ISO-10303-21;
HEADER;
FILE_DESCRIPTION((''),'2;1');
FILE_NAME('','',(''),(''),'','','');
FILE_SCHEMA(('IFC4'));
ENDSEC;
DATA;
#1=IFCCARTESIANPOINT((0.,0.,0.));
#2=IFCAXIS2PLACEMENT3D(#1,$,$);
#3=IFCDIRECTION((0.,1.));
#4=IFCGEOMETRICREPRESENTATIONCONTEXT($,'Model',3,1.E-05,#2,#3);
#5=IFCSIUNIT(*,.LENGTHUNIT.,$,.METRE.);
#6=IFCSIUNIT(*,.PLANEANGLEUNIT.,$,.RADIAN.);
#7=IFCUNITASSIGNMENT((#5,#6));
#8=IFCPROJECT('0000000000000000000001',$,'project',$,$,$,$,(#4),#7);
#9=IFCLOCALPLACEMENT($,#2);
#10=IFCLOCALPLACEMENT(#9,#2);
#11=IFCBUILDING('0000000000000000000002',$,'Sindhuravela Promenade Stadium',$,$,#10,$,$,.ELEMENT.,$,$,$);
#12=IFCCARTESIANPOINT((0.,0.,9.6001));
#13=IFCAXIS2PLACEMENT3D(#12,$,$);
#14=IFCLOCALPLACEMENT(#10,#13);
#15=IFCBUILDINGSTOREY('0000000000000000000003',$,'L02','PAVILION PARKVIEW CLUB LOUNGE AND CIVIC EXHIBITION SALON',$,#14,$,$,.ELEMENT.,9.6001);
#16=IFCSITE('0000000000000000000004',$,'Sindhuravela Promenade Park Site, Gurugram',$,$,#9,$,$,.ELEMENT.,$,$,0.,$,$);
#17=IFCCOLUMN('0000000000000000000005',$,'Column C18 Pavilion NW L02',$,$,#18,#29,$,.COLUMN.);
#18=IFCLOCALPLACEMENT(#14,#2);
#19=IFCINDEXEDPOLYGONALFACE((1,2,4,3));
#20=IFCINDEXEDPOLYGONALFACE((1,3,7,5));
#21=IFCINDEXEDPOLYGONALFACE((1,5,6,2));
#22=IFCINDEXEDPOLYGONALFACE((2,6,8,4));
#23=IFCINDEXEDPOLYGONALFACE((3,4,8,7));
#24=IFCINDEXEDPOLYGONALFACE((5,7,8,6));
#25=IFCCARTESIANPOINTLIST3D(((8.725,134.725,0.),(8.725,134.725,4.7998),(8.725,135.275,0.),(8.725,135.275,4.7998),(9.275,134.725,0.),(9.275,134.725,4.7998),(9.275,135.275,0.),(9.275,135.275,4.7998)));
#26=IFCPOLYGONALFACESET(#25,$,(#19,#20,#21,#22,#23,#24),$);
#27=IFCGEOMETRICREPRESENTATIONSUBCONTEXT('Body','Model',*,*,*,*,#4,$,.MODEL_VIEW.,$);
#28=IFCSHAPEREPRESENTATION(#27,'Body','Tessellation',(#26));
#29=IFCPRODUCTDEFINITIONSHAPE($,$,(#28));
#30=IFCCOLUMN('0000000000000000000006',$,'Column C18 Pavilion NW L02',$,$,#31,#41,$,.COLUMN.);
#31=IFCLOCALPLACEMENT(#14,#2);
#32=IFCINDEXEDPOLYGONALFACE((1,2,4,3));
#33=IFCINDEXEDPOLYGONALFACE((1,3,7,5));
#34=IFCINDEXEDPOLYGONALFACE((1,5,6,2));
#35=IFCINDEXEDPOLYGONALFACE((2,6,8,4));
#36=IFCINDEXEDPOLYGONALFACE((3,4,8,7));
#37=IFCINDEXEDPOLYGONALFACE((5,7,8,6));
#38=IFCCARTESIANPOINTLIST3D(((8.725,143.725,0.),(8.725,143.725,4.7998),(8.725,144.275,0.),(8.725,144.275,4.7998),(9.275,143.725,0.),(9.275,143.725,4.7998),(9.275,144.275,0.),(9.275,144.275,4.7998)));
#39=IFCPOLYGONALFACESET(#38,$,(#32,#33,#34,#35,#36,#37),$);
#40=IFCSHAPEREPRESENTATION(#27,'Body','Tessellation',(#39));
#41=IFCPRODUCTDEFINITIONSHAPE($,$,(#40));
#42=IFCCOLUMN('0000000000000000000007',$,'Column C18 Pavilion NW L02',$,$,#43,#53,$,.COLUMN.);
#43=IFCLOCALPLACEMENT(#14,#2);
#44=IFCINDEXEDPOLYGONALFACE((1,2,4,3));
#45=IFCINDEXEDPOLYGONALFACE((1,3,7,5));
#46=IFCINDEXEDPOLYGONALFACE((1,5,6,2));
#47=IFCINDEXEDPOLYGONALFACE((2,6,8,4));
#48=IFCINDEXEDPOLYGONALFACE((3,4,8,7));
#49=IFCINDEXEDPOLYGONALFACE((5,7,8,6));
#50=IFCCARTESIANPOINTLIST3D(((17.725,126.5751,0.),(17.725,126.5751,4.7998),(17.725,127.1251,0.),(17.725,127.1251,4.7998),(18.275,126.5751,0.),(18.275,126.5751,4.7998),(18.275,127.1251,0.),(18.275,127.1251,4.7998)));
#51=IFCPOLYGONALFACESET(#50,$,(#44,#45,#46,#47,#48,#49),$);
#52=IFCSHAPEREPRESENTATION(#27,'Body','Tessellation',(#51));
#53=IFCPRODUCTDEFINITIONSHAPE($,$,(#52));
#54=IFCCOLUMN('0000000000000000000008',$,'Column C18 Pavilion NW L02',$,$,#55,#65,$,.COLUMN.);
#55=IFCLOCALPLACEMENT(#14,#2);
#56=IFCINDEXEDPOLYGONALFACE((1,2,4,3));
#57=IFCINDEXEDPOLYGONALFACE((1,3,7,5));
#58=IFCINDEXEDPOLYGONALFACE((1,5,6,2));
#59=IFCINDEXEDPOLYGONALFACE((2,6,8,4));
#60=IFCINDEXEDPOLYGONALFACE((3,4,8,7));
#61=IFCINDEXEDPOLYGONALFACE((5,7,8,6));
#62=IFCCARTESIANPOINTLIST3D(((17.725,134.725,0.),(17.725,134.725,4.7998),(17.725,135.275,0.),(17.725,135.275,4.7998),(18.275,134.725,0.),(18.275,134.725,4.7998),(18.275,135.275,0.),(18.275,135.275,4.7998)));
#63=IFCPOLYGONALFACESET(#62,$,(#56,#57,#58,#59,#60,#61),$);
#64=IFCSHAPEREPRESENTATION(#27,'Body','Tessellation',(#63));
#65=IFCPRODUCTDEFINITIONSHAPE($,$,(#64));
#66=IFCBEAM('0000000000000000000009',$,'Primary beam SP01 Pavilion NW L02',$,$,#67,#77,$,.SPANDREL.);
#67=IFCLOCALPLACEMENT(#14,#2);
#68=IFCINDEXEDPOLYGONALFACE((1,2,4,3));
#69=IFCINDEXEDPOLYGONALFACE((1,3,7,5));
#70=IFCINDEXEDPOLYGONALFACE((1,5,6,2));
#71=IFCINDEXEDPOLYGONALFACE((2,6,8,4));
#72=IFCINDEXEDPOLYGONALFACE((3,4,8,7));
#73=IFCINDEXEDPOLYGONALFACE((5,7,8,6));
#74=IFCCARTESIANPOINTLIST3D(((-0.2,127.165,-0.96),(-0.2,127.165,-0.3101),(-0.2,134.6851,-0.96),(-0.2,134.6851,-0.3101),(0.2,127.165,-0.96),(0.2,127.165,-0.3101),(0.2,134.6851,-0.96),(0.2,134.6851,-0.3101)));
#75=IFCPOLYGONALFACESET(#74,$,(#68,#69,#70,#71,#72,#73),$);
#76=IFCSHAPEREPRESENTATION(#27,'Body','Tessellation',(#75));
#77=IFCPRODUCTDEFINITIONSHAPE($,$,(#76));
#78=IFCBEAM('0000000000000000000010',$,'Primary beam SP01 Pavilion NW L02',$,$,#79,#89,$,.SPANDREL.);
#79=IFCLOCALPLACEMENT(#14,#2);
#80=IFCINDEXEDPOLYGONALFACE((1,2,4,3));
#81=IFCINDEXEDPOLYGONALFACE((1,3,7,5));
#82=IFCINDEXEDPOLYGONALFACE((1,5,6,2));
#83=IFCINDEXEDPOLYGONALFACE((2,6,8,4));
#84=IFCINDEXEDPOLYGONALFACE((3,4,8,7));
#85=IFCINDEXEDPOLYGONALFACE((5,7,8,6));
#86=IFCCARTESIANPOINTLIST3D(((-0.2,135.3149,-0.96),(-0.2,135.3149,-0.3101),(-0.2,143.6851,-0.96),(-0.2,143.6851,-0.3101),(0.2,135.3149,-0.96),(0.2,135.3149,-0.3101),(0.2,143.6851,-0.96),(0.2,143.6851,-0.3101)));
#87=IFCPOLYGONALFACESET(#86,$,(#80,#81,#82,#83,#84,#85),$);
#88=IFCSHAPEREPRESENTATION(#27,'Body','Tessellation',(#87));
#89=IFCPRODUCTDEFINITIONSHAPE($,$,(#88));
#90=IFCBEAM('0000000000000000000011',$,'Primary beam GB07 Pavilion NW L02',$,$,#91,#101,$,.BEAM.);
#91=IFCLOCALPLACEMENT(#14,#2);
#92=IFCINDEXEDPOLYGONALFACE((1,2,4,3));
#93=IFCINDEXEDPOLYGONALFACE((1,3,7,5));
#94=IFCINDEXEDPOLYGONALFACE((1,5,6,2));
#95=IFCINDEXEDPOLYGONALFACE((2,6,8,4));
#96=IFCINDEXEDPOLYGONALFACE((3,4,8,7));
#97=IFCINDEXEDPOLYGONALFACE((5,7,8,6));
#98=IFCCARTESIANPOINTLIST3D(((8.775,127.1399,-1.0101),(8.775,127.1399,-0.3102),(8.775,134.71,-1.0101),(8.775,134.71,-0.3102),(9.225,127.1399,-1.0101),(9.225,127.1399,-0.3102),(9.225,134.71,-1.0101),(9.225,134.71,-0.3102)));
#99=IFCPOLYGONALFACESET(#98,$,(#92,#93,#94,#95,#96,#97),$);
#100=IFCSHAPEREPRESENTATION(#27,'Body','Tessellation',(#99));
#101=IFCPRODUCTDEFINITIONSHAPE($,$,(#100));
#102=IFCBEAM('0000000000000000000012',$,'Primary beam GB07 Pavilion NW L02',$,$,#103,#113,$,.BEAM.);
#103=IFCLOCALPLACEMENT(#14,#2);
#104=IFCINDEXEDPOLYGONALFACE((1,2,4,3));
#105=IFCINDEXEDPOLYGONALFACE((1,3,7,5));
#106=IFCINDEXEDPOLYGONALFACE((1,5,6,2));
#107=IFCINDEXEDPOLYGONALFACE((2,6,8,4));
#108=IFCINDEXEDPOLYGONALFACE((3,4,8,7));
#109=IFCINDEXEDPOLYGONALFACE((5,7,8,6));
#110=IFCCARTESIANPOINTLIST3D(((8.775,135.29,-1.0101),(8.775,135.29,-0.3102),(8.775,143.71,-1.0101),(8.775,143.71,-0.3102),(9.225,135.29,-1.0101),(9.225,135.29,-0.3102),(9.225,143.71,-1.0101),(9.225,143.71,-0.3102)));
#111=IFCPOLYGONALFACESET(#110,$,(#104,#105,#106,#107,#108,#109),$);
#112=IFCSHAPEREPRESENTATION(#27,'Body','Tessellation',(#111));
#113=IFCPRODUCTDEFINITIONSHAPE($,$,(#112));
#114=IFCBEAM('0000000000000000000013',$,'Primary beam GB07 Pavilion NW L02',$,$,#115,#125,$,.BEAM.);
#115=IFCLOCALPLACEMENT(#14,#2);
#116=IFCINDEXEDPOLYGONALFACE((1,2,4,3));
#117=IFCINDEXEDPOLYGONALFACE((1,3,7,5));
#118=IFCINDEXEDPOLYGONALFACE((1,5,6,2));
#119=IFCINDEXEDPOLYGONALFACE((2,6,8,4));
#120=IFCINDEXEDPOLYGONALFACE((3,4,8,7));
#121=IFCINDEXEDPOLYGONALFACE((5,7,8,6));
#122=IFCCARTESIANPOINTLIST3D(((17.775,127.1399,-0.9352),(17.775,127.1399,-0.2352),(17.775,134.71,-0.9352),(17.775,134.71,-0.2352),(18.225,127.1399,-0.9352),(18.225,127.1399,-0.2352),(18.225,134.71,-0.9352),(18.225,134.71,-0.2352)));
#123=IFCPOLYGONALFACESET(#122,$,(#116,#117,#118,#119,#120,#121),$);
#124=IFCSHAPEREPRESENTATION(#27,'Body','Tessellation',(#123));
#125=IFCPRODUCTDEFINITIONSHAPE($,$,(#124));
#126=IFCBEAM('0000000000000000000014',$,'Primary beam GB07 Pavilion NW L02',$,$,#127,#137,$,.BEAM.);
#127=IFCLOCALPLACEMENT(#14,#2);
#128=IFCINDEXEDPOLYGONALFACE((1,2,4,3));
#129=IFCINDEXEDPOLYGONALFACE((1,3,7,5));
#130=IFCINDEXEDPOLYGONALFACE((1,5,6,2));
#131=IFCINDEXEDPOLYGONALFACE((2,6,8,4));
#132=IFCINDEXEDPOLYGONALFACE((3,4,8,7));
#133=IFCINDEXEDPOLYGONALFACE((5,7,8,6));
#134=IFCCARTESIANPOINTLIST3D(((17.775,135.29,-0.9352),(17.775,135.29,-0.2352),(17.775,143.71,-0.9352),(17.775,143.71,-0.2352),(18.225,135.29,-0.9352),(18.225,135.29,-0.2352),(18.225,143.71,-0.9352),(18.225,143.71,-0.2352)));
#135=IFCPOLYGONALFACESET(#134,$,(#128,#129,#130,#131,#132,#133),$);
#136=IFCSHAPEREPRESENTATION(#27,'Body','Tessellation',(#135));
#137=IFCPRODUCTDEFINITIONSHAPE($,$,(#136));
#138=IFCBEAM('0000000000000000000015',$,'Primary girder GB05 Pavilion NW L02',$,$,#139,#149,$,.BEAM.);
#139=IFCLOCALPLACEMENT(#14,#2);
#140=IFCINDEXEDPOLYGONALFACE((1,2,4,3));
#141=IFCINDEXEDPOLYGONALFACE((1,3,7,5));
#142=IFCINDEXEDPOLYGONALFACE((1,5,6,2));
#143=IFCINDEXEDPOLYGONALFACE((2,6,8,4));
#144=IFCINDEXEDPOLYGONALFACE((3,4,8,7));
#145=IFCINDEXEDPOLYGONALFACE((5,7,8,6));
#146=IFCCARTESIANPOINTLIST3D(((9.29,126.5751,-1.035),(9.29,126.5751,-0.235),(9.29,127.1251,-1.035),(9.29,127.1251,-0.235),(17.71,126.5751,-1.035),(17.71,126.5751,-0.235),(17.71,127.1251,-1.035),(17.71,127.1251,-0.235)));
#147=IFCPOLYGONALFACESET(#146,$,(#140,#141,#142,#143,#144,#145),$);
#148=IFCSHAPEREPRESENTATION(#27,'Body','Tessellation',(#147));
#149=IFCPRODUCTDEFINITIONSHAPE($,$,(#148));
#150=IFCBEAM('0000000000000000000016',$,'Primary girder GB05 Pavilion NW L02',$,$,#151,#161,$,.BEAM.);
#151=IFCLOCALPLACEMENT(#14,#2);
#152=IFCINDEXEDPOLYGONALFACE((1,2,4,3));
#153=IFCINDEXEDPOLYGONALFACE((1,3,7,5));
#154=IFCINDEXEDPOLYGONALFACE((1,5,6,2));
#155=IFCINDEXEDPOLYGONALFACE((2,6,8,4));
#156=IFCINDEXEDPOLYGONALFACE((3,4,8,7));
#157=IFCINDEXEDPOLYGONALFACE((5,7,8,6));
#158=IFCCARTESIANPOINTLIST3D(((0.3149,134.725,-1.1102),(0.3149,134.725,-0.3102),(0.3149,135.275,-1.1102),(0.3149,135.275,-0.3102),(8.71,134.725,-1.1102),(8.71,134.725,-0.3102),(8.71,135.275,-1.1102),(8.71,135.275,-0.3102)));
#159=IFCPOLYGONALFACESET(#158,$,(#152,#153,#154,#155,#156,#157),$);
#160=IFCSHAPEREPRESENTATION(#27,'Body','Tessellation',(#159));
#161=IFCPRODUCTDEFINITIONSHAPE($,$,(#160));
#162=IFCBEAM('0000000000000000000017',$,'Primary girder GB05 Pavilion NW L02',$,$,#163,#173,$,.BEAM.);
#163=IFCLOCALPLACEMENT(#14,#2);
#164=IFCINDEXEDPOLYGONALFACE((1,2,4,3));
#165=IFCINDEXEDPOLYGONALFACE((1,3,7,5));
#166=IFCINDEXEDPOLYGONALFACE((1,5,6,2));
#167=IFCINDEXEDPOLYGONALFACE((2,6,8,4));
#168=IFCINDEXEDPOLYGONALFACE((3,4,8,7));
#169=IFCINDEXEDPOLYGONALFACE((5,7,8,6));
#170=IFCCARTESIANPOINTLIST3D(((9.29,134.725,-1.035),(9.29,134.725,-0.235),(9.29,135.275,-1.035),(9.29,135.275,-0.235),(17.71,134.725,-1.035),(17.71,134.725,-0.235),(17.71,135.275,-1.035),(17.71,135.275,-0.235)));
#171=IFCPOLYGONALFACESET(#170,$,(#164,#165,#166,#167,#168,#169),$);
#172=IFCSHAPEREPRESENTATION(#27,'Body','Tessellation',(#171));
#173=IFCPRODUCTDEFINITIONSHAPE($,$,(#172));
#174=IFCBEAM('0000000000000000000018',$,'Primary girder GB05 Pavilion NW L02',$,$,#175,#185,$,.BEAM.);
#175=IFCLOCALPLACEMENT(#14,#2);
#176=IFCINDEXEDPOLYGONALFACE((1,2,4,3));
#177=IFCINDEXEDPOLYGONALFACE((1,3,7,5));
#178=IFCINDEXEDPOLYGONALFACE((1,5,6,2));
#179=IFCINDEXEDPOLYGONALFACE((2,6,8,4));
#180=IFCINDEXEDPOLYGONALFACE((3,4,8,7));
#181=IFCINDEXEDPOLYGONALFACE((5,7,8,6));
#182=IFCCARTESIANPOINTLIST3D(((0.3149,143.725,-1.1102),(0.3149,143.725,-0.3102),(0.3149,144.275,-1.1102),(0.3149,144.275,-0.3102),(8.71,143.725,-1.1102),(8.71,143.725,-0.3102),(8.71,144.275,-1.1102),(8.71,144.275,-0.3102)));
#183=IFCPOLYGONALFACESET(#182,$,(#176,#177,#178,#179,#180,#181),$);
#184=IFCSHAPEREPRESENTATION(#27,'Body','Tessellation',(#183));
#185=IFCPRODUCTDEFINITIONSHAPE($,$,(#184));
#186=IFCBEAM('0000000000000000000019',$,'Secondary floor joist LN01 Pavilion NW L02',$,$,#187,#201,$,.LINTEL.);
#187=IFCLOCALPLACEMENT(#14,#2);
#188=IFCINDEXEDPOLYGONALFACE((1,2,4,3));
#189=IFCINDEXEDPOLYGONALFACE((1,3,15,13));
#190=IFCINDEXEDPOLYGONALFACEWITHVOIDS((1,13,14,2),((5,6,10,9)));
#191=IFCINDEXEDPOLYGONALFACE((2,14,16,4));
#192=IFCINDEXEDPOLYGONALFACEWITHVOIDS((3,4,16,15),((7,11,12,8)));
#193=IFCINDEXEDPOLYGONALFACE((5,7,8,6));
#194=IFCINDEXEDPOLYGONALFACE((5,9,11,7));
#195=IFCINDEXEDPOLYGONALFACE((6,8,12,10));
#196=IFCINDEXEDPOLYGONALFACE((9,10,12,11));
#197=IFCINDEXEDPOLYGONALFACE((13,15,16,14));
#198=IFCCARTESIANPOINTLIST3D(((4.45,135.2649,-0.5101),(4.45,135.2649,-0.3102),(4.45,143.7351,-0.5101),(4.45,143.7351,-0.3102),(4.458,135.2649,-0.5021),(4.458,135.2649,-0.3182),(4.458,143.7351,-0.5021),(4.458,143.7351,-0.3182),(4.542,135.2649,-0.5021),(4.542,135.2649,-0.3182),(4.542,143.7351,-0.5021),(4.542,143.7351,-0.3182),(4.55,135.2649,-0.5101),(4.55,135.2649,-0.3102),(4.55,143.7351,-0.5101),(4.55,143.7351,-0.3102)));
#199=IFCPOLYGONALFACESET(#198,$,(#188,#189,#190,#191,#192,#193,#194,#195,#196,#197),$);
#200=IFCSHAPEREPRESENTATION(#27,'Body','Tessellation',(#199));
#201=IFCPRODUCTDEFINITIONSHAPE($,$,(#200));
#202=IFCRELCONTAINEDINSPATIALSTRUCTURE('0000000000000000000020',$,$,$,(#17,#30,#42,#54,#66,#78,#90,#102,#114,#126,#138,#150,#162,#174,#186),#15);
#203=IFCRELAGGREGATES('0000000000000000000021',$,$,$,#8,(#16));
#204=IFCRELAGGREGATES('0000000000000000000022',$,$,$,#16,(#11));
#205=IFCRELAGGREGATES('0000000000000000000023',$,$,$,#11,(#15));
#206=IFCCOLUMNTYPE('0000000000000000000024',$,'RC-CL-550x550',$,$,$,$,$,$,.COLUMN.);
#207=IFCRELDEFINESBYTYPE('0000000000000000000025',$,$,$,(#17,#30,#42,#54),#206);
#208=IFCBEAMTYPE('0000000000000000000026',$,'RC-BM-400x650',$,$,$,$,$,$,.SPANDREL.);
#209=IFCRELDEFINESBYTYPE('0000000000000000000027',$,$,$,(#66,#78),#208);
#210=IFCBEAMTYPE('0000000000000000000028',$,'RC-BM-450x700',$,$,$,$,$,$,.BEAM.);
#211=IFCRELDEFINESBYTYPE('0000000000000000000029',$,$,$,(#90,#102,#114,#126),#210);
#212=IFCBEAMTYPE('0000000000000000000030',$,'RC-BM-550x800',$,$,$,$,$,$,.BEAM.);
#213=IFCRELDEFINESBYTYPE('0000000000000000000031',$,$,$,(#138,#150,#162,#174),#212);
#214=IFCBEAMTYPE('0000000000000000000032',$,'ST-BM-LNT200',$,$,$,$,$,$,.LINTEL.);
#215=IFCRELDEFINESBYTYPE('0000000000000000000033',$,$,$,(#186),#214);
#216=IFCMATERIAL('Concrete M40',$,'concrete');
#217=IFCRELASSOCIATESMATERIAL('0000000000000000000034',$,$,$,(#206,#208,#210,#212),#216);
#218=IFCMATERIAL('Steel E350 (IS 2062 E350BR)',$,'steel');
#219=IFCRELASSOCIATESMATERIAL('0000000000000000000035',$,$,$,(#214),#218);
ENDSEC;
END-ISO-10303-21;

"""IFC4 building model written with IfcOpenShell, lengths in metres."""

from ifc_helpers import new_model, si_unit, direction, frame, origin, origin_2d, place, context, subcontext, project, spatial, rectangle, hollow_rectangle, extrude, material, material_profile, profile_set, type_object, element, save


model = new_model("IFC4")

# Units and contexts
model_context = context("Model", 3, precision=1e-05, world=origin(), true_north=direction((0.0, 1.0)))
body_context = subcontext(model_context, "Body", "Model", "MODEL_VIEW")
ifc_project = project(units=[si_unit("LENGTHUNIT", "METRE"), si_unit("PLANEANGLEUNIT", "RADIAN")], contexts=[model_context])

# Site, building, storey
site_placement = place(None, origin())
site = spatial("IfcSite", under=ifc_project, at=site_placement, Name="Sindhuravela Promenade Park Site, Gurugram", CompositionType="ELEMENT", RefElevation=0.0)
building_placement = place(site_placement, origin())
building = spatial("IfcBuilding", under=site, at=building_placement, Name="Sindhuravela Promenade Stadium", CompositionType="ELEMENT")
storey_placement = place(building_placement, frame((0.0, 0.0, 9.6001)))
storey = spatial("IfcBuildingStorey", under=building, at=storey_placement, Name="L02", Description="PAVILION PARKVIEW CLUB LOUNGE AND CIVIC EXHIBITION SALON", CompositionType="ELEMENT", Elevation=9.6001)

# Columns
ifc_material_1 = material(Name="Concrete M40", Category="concrete")
ifc_material_profile_1 = material_profile(ifc_material_1, rectangle(XDim=0.55, YDim=0.55, at=origin_2d()), Name="RC 550x550")
ifc_profile_set_1 = profile_set([ifc_material_profile_1], Name="Concrete M40")
column_type = type_object("IfcColumnType", Name="RC-CL-550x550", PredefinedType="COLUMN", material=ifc_profile_set_1)
for number, where, z_axis, x_axis, name in (
    (1, (9.0, 135.0, 0.0), (0.0, 0.0, 1.0), (1.0, 0.0, 0.0), "Column C18 Pavilion NW L02"),
    (2, (9.0, 144.0, 0.0), (0.0, 0.0, 1.0), (1.0, 0.0, 0.0), "Column C18 Pavilion NW L02"),
    (3, (18.0, 126.8501, 0.0), (0.0, 0.0, 1.0), (1.0, 0.0, 0.0), "Column C18 Pavilion NW L02"),
    (4, (18.0, 135.0, 0.0), (0.0, 0.0, 1.0), (1.0, 0.0, 0.0), "Column C18 Pavilion NW L02"),
):
    element("IfcColumn", number, at=place(storey_placement, frame(where, z_axis=z_axis, x_axis=x_axis)), inside=storey, type_object=column_type, Name=name, PredefinedType="COLUMN", context=body_context, shape_type="SweptSolid", body=[
        extrude(rectangle(XDim=0.55, YDim=0.55, at=origin_2d()), origin(), (0.0, 0.0, 1.0), 4.7998),
    ])

# Beams
ifc_material_profile_2 = material_profile(ifc_material_1, rectangle(XDim=0.3999, YDim=0.6499, at=origin_2d()), Name="RC 400x650")
ifc_profile_set_2 = profile_set([ifc_material_profile_2], Name="Concrete M40")
beam_type_1 = type_object("IfcBeamType", Name="RC-BM-400x650", PredefinedType="SPANDREL", material=ifc_profile_set_2)
beam_1_placement = place(storey_placement, frame((0.0, 127.165, -0.635), z_axis=(0.0, 1.0, 0.0), x_axis=(-1.0, 0.0, 0.0)))
element("IfcBeam", 5, at=beam_1_placement, inside=storey, type_object=beam_type_1, Name="Primary beam SP01 Pavilion NW L02", PredefinedType="SPANDREL", context=body_context, shape_type="SweptSolid", body=[
    extrude(rectangle(XDim=0.3999, YDim=0.6499, at=origin_2d()), origin(), (0.0, 0.0, 1.0), 7.52),
])
beam_2_placement = place(storey_placement, frame((0.0, 135.3149, -0.635), z_axis=(0.0, 1.0, 0.0), x_axis=(-1.0, 0.0, 0.0)))
element("IfcBeam", 6, at=beam_2_placement, inside=storey, type_object=beam_type_1, Name="Primary beam SP01 Pavilion NW L02", PredefinedType="SPANDREL", context=body_context, shape_type="SweptSolid", body=[
    extrude(rectangle(XDim=0.3999, YDim=0.6499, at=origin_2d()), origin(), (0.0, 0.0, 1.0), 8.3701),
])
ifc_material_profile_3 = material_profile(ifc_material_1, rectangle(XDim=0.45, YDim=0.7, at=origin_2d()), Name="RC 450x700")
ifc_profile_set_3 = profile_set([ifc_material_profile_3], Name="Concrete M40")
beam_type_2 = type_object("IfcBeamType", Name="RC-BM-450x700", PredefinedType="BEAM", material=ifc_profile_set_3)
beam_3_placement = place(storey_placement, frame((9.0, 127.1399, -0.6602), z_axis=(0.0, 1.0, 0.0), x_axis=(-1.0, 0.0, 0.0)))
element("IfcBeam", 7, at=beam_3_placement, inside=storey, type_object=beam_type_2, Name="Primary beam GB07 Pavilion NW L02", PredefinedType="BEAM", context=body_context, shape_type="SweptSolid", body=[
    extrude(rectangle(XDim=0.45, YDim=0.7, at=origin_2d()), origin(), (0.0, 0.0, 1.0), 7.5701),
])
beam_4_placement = place(storey_placement, frame((9.0, 135.29, -0.6602), z_axis=(0.0, 1.0, 0.0), x_axis=(-1.0, 0.0, 0.0)))
element("IfcBeam", 8, at=beam_4_placement, inside=storey, type_object=beam_type_2, Name="Primary beam GB07 Pavilion NW L02", PredefinedType="BEAM", context=body_context, shape_type="SweptSolid", body=[
    extrude(rectangle(XDim=0.45, YDim=0.7, at=origin_2d()), origin(), (0.0, 0.0, 1.0), 8.4199),
])
beam_5_placement = place(storey_placement, frame((18.0, 127.1399, -0.5852), z_axis=(0.0, 1.0, 0.0), x_axis=(-1.0, 0.0, 0.0)))
element("IfcBeam", 9, at=beam_5_placement, inside=storey, type_object=beam_type_2, Name="Primary beam GB07 Pavilion NW L02", PredefinedType="BEAM", context=body_context, shape_type="SweptSolid", body=[
    extrude(rectangle(XDim=0.45, YDim=0.7, at=origin_2d()), origin(), (0.0, 0.0, 1.0), 7.5701),
])
beam_6_placement = place(storey_placement, frame((18.0, 135.29, -0.5852), z_axis=(0.0, 1.0, 0.0), x_axis=(-1.0, 0.0, 0.0)))
element("IfcBeam", 10, at=beam_6_placement, inside=storey, type_object=beam_type_2, Name="Primary beam GB07 Pavilion NW L02", PredefinedType="BEAM", context=body_context, shape_type="SweptSolid", body=[
    extrude(rectangle(XDim=0.45, YDim=0.7, at=origin_2d()), origin(), (0.0, 0.0, 1.0), 8.4199),
])
ifc_material_profile_4 = material_profile(ifc_material_1, rectangle(XDim=0.55, YDim=0.8, at=origin_2d()), Name="RC 550x800")
ifc_profile_set_4 = profile_set([ifc_material_profile_4], Name="Concrete M40")
beam_type_3 = type_object("IfcBeamType", Name="RC-BM-550x800", PredefinedType="BEAM", material=ifc_profile_set_4)
beam_7_placement = place(storey_placement, frame((9.29, 126.8501, -0.635), z_axis=(1.0, 0.0, 0.0), x_axis=(0.0, 1.0, 0.0)))
element("IfcBeam", 11, at=beam_7_placement, inside=storey, type_object=beam_type_3, Name="Primary girder GB05 Pavilion NW L02", PredefinedType="BEAM", context=body_context, shape_type="SweptSolid", body=[
    extrude(rectangle(XDim=0.55, YDim=0.8, at=origin_2d()), origin(), (0.0, 0.0, 1.0), 8.4199),
])
beam_8_placement = place(storey_placement, frame((0.3149, 135.0, -0.7102), z_axis=(1.0, 0.0, 0.0), x_axis=(0.0, 1.0, 0.0)))
element("IfcBeam", 12, at=beam_8_placement, inside=storey, type_object=beam_type_3, Name="Primary girder GB05 Pavilion NW L02", PredefinedType="BEAM", context=body_context, shape_type="SweptSolid", body=[
    extrude(rectangle(XDim=0.55, YDim=0.8, at=origin_2d()), origin(), (0.0, 0.0, 1.0), 8.395),
])
beam_9_placement = place(storey_placement, frame((9.29, 135.0, -0.635), z_axis=(1.0, 0.0, 0.0), x_axis=(0.0, 1.0, 0.0)))
element("IfcBeam", 13, at=beam_9_placement, inside=storey, type_object=beam_type_3, Name="Primary girder GB05 Pavilion NW L02", PredefinedType="BEAM", context=body_context, shape_type="SweptSolid", body=[
    extrude(rectangle(XDim=0.55, YDim=0.8, at=origin_2d()), origin(), (0.0, 0.0, 1.0), 8.4199),
])
beam_10_placement = place(storey_placement, frame((0.3149, 144.0, -0.7102), z_axis=(1.0, 0.0, 0.0), x_axis=(0.0, 1.0, 0.0)))
element("IfcBeam", 14, at=beam_10_placement, inside=storey, type_object=beam_type_3, Name="Primary girder GB05 Pavilion NW L02", PredefinedType="BEAM", context=body_context, shape_type="SweptSolid", body=[
    extrude(rectangle(XDim=0.55, YDim=0.8, at=origin_2d()), origin(), (0.0, 0.0, 1.0), 8.395),
])
ifc_material_2 = material(Name="Steel E350 (IS 2062 E350BR)", Category="steel")
ifc_material_profile_5 = material_profile(ifc_material_2, hollow_rectangle(XDim=0.1001, YDim=0.2, WallThickness=0.0081, at=origin_2d()), Name="RHS 200x100x8")
ifc_profile_set_5 = profile_set([ifc_material_profile_5], Name="Steel E350 (IS 2062 E350BR)")
beam_type_4 = type_object("IfcBeamType", Name="ST-BM-LNT200", PredefinedType="LINTEL", material=ifc_profile_set_5)
beam_11_placement = place(storey_placement, frame((4.5, 135.2649, -0.4102), z_axis=(0.0, 1.0, 0.0), x_axis=(-1.0, 0.0, 0.0)))
element("IfcBeam", 15, at=beam_11_placement, inside=storey, type_object=beam_type_4, Name="Secondary floor joist LN01 Pavilion NW L02", PredefinedType="LINTEL", context=body_context, shape_type="SweptSolid", body=[
    extrude(hollow_rectangle(XDim=0.1001, YDim=0.2, WallThickness=0.0081, at=origin_2d()), origin(), (0.0, 0.0, 1.0), 8.4702),
])

save(model, "model.ifc")
